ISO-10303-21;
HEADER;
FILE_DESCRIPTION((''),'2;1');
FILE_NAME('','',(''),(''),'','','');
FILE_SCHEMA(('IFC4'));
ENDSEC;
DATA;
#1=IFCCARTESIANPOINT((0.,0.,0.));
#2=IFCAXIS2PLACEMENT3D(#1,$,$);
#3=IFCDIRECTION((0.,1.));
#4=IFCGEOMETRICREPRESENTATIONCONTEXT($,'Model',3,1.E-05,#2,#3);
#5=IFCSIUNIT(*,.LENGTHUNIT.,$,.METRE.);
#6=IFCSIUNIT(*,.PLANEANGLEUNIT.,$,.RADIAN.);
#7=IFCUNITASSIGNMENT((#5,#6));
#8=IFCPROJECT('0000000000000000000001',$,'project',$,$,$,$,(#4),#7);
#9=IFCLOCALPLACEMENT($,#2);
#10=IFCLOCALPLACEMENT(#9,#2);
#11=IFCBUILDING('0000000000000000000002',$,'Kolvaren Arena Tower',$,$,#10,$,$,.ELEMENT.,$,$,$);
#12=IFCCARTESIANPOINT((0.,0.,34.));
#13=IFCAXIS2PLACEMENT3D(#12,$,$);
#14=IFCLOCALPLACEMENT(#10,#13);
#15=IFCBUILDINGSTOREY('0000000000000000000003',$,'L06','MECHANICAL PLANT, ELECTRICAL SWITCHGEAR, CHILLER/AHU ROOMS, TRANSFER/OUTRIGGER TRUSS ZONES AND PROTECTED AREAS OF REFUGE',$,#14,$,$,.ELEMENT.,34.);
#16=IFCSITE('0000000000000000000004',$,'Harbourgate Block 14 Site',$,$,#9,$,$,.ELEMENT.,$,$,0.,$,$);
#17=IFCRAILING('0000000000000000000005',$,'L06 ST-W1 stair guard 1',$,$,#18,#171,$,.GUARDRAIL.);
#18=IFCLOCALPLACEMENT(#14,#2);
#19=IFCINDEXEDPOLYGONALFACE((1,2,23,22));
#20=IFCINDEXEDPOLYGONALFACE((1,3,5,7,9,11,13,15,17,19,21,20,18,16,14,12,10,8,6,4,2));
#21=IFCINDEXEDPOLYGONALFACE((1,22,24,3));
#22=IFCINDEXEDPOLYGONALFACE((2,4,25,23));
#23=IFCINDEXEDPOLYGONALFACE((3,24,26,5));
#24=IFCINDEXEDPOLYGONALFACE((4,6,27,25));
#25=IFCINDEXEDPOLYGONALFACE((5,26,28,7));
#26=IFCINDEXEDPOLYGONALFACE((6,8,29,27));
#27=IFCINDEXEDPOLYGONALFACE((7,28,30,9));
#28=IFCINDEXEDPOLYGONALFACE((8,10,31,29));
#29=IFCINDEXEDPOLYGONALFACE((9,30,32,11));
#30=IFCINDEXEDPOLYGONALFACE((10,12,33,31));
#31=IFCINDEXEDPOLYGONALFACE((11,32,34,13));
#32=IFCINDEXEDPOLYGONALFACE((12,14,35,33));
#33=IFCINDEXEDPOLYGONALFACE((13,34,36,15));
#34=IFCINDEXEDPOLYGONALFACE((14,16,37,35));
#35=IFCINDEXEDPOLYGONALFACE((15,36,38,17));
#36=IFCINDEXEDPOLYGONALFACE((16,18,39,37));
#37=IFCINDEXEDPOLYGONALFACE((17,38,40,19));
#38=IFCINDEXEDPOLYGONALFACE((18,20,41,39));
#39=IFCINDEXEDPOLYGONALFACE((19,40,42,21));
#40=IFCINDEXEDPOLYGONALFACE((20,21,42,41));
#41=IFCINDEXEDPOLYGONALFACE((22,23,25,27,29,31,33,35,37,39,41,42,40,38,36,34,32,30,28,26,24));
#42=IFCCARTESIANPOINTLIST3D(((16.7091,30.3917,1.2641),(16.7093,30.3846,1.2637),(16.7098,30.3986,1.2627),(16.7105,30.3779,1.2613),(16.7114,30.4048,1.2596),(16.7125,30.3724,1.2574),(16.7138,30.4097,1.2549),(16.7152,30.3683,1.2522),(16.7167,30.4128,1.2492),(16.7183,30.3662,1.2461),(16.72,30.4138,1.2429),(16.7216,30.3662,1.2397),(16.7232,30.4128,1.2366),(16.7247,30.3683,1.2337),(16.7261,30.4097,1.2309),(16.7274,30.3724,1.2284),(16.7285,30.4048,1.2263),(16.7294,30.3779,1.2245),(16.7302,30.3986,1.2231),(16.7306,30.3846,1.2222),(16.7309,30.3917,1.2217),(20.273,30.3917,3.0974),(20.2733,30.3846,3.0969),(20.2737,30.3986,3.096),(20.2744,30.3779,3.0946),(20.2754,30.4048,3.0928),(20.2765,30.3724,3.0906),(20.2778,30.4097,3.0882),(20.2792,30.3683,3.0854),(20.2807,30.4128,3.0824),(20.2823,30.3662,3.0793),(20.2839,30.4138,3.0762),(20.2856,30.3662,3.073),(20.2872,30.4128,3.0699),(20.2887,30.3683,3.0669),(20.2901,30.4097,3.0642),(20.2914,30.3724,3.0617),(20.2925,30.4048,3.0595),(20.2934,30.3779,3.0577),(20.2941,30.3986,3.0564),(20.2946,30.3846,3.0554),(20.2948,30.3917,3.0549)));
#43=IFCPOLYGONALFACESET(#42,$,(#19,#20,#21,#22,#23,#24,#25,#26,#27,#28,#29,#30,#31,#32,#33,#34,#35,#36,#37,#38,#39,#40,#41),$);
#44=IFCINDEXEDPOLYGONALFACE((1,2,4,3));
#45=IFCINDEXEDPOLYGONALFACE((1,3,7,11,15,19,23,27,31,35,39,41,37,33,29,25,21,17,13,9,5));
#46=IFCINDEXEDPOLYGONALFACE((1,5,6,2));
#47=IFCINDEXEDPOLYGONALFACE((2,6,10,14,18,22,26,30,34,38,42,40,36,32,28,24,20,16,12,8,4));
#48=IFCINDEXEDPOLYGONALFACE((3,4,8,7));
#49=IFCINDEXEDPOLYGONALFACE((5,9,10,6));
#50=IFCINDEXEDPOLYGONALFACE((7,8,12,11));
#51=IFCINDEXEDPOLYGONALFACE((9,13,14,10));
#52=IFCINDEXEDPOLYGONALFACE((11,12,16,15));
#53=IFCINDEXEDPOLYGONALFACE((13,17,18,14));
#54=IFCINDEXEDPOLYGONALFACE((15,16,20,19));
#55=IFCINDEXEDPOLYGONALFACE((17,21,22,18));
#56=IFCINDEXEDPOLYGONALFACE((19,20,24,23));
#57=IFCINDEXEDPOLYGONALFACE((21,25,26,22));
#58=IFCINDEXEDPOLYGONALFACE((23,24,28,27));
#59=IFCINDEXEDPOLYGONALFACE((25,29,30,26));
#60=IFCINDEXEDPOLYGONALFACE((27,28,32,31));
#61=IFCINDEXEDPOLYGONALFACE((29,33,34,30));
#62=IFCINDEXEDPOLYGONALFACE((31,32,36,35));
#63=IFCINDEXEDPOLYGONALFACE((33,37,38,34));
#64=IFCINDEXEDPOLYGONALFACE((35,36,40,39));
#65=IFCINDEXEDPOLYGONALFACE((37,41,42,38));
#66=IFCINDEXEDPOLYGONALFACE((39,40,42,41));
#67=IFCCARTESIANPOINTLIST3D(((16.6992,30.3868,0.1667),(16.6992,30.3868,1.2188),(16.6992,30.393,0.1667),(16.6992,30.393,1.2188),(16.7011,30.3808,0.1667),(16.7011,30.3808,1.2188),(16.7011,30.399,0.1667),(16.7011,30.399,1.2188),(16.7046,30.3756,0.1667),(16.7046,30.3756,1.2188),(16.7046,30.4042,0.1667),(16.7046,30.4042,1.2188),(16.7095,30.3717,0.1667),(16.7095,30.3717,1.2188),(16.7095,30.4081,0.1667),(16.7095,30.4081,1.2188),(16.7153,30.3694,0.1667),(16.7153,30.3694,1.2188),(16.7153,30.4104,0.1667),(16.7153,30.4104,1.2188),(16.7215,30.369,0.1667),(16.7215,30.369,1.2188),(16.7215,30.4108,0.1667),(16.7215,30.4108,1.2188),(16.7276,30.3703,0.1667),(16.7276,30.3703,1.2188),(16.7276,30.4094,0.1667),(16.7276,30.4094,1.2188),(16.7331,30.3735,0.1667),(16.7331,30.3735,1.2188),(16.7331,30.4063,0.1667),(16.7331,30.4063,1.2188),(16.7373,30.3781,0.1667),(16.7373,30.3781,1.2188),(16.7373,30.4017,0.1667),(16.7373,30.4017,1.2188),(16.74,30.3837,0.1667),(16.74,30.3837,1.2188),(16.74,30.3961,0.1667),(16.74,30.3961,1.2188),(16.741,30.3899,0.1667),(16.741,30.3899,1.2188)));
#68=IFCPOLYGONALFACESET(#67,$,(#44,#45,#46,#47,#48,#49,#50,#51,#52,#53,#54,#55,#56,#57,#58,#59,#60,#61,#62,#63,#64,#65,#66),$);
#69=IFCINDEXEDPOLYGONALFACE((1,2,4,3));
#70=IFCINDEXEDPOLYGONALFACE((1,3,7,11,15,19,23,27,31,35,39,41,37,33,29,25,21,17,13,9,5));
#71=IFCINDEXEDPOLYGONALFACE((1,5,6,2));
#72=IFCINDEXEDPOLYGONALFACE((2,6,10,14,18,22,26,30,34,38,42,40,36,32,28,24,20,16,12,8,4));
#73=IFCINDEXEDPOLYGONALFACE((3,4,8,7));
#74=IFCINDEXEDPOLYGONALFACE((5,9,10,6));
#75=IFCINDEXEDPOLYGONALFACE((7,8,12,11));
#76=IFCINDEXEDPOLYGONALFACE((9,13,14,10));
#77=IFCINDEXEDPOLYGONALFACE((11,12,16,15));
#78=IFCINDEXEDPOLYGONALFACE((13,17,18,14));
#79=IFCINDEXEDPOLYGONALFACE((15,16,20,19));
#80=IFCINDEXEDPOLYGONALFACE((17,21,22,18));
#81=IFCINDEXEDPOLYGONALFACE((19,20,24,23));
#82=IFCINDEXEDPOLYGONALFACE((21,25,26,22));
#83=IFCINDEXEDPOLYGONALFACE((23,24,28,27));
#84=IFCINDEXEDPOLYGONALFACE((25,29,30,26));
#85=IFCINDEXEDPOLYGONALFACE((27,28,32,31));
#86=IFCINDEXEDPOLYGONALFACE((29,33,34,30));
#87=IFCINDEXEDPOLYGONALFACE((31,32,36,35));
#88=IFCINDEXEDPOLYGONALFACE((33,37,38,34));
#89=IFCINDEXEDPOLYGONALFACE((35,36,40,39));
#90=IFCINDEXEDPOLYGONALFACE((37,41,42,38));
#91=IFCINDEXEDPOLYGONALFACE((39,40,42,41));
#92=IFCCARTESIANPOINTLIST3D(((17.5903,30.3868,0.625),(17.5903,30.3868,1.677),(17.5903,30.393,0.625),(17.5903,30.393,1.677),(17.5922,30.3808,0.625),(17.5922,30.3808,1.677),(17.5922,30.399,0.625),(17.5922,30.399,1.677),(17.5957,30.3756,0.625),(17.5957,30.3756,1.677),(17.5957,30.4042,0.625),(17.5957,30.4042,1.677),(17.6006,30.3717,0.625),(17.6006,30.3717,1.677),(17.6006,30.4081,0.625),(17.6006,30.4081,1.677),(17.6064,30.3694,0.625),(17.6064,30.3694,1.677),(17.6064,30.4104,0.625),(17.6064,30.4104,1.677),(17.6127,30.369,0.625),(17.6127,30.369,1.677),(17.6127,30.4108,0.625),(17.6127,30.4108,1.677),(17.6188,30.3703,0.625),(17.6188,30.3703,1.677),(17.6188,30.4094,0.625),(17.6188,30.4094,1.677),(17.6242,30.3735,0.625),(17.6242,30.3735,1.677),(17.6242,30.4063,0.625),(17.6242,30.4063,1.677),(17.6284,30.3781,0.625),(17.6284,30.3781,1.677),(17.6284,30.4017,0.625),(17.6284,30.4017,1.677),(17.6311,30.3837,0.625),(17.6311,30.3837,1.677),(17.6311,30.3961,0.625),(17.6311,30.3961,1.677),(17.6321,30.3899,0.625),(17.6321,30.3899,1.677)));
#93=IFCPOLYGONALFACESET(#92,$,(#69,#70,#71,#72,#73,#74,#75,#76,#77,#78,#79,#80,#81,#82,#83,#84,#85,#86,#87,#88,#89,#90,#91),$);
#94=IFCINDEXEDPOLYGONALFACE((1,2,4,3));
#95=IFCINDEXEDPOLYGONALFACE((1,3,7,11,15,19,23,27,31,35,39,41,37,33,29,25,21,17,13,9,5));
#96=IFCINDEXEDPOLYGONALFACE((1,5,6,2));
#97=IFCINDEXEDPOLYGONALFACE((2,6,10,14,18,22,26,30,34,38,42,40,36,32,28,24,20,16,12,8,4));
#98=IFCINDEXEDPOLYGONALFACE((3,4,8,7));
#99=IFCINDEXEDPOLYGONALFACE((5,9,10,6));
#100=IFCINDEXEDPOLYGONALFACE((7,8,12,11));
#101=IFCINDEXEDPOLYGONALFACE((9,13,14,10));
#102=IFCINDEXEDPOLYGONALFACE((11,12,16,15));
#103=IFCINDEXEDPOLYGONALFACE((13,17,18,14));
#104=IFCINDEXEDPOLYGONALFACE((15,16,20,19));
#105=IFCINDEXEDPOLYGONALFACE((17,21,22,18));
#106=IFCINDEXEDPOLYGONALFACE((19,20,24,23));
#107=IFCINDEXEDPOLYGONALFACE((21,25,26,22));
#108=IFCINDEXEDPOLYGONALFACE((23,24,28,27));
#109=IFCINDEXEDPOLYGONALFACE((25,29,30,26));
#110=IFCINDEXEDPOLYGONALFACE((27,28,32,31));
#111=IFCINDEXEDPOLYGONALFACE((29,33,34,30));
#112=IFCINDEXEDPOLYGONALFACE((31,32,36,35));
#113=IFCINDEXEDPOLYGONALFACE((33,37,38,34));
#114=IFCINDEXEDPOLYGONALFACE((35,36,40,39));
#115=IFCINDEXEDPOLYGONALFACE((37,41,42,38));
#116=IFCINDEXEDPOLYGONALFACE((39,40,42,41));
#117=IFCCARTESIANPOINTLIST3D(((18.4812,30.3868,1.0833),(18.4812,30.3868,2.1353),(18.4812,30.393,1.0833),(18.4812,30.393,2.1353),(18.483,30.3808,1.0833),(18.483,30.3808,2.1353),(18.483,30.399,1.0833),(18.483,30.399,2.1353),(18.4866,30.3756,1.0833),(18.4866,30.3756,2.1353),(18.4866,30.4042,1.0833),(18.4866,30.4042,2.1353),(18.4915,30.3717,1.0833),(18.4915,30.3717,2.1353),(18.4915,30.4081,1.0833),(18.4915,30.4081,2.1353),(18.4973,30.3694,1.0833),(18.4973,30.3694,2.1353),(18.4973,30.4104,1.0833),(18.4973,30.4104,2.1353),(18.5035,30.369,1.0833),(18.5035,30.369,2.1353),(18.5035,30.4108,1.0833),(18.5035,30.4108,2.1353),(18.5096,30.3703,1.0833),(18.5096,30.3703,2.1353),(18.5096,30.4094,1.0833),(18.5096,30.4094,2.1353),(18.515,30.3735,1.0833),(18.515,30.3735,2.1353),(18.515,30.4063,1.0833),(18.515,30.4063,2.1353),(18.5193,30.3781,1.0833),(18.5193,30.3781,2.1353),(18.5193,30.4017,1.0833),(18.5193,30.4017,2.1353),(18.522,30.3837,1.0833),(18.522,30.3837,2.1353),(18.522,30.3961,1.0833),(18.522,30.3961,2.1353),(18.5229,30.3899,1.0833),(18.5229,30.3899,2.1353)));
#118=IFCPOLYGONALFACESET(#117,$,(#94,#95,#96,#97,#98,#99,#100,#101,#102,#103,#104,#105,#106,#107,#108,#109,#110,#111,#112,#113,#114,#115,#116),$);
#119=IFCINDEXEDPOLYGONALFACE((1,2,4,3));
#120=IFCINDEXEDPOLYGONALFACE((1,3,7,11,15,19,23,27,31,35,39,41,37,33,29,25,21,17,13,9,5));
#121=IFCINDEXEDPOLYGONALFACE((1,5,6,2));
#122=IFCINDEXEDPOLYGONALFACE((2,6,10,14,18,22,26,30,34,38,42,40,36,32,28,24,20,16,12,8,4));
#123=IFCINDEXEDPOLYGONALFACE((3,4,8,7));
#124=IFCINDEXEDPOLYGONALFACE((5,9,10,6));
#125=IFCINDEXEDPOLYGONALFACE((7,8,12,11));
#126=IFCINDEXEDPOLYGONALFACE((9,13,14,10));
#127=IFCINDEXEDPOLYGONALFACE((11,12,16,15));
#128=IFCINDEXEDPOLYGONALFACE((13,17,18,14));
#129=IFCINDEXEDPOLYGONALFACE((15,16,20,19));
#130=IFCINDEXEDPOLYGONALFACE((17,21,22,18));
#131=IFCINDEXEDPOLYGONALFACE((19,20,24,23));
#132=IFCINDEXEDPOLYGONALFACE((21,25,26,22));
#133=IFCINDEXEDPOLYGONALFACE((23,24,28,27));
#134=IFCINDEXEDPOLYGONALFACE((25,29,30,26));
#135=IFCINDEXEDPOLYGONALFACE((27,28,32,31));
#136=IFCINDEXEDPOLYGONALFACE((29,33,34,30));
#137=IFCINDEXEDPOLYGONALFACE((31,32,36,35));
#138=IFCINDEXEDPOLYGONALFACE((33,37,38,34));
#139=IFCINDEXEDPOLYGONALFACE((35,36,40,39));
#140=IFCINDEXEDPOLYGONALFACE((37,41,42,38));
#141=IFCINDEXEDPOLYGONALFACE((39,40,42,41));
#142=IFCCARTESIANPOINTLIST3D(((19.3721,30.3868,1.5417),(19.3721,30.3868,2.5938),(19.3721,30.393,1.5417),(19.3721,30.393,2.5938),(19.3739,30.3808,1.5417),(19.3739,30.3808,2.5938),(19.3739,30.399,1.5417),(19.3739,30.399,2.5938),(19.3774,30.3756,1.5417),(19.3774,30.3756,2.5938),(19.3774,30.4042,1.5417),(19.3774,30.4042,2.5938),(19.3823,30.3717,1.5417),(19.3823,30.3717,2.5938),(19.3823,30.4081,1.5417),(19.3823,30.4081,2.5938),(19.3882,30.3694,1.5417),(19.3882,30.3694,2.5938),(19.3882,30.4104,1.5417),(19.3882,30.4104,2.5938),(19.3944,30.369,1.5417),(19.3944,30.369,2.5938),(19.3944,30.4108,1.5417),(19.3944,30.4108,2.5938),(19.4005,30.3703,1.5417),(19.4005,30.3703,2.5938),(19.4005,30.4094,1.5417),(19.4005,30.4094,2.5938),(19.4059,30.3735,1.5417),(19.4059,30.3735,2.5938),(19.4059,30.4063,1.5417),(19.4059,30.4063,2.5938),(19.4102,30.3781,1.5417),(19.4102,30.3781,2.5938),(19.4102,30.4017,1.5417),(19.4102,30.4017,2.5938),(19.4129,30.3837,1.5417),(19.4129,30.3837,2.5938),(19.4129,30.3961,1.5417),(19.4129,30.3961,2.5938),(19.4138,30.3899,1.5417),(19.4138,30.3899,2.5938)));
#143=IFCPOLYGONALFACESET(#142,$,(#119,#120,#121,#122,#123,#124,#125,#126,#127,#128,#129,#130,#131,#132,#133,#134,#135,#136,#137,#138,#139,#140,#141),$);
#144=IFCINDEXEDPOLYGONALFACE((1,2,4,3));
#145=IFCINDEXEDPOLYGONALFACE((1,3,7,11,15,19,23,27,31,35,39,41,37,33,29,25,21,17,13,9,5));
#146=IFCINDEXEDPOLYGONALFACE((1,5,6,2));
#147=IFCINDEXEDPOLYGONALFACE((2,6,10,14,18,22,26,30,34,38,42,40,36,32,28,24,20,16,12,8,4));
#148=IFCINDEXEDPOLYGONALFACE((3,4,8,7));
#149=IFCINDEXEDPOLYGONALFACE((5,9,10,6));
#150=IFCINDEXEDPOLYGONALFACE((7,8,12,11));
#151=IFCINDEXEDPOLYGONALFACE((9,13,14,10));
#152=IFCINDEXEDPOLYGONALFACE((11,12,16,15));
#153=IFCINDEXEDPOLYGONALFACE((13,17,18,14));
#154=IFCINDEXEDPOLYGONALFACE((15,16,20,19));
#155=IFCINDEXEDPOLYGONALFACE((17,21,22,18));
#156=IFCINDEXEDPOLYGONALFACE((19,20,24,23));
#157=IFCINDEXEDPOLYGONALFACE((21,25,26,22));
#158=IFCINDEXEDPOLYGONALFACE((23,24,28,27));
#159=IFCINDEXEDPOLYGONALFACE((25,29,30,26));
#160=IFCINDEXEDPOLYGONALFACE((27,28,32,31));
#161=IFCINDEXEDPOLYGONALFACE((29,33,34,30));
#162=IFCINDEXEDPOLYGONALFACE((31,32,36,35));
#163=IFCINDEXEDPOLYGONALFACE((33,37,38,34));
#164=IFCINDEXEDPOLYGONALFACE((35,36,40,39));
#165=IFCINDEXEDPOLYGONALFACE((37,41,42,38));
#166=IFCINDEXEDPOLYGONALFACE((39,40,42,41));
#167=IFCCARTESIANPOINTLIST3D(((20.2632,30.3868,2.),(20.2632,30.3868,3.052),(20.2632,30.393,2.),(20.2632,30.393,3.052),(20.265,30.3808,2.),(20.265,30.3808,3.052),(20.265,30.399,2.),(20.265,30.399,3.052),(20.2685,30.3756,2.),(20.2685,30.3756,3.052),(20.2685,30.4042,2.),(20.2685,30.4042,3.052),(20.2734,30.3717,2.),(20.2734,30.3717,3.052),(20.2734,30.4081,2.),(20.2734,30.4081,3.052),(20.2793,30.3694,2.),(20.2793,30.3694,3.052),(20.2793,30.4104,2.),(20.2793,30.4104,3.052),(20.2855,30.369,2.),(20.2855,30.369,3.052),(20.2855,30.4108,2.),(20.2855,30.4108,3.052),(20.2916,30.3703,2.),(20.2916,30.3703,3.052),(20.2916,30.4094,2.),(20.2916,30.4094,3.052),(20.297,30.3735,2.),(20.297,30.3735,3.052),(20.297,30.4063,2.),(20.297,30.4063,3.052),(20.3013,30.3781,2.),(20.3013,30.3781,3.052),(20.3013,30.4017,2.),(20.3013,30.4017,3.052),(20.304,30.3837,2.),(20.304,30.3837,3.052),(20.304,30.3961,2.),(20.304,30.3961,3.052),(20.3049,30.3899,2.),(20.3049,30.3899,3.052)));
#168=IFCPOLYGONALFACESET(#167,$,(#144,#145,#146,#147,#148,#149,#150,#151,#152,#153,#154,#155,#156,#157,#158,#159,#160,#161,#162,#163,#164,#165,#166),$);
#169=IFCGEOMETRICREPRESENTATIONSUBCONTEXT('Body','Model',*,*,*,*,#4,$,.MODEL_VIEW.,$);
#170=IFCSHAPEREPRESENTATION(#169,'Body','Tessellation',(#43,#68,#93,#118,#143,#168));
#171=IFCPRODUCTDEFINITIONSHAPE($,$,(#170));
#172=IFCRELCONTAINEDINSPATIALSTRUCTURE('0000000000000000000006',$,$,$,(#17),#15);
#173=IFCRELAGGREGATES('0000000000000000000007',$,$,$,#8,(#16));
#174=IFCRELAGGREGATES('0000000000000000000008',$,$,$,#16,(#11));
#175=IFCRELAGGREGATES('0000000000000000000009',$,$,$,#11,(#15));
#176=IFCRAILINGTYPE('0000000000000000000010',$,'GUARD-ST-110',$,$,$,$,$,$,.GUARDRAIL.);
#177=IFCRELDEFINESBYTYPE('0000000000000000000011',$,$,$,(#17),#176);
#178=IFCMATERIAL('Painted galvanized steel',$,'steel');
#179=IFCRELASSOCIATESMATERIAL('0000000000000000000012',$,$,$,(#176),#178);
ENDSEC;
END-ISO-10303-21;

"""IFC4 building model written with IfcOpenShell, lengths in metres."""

from ifc_helpers import new_model, si_unit, direction, frame, origin, origin_2d, place, context, subcontext, project, spatial, circle, extrude, material, type_object, element, save


model = new_model("IFC4")

# Units and contexts
model_context = context("Model", 3, precision=1e-05, world=origin(), true_north=direction((0.0, 1.0)))
body_context = subcontext(model_context, "Body", "Model", "MODEL_VIEW")
ifc_project = project(units=[si_unit("LENGTHUNIT", "METRE"), si_unit("PLANEANGLEUNIT", "RADIAN")], contexts=[model_context])

# Site, building, storey
site_placement = place(None, origin())
site = spatial("IfcSite", under=ifc_project, at=site_placement, Name="Harbourgate Block 14 Site", CompositionType="ELEMENT", RefElevation=0.0)
building_placement = place(site_placement, origin())
building = spatial("IfcBuilding", under=site, at=building_placement, Name="Kolvaren Arena Tower", CompositionType="ELEMENT")
storey_placement = place(building_placement, frame((0.0, 0.0, 34.0)))
storey = spatial("IfcBuildingStorey", under=building, at=storey_placement, Name="L06", Description="MECHANICAL PLANT, ELECTRICAL SWITCHGEAR, CHILLER/AHU ROOMS, TRANSFER/OUTRIGGER TRUSS ZONES AND PROTECTED AREAS OF REFUGE", CompositionType="ELEMENT", Elevation=34.0)

# Railing
ifc_material_1 = material(Name="Painted galvanized steel", Category="steel")
railing_type_1 = type_object("IfcRailingType", Name="GUARD-ST-110", PredefinedType="GUARDRAIL", material=ifc_material_1)
railing_1_placement = place(storey_placement, frame((16.72, 30.3899, 0.1667)))
element("IfcRailing", 1, at=railing_1_placement, inside=storey, type_object=railing_type_1, Name="L06 ST-W1 stair guard 1", PredefinedType="GUARDRAIL", context=body_context, shape_type="SweptSolid", body=[
    extrude(circle(Radius=0.0239, at=origin_2d()), frame((0.0, 0.0, 1.0762), z_axis=(0.889252, 0.0, 0.457418), x_axis=(0.0, 1.0, 0.0)), (0.0, 0.0, 1.0), 4.0078),
    extrude(circle(Radius=0.021, at=origin_2d()), origin(), (0.0, 0.0, 1.0), 1.052),
    extrude(circle(Radius=0.021, at=origin_2d()), frame((0.8911, 0.0, 0.4583)), (0.0, 0.0, 1.0), 1.052),
    extrude(circle(Radius=0.021, at=origin_2d()), frame((1.782, 0.0, 0.9165)), (0.0, 0.0, 1.0), 1.052),
    extrude(circle(Radius=0.021, at=origin_2d()), frame((2.6729, 0.0, 1.375)), (0.0, 0.0, 1.0), 1.052),
    extrude(circle(Radius=0.021, at=origin_2d()), frame((3.564, 0.0, 1.8333)), (0.0, 0.0, 1.0), 1.052),
])

save(model, "model.ifc")
